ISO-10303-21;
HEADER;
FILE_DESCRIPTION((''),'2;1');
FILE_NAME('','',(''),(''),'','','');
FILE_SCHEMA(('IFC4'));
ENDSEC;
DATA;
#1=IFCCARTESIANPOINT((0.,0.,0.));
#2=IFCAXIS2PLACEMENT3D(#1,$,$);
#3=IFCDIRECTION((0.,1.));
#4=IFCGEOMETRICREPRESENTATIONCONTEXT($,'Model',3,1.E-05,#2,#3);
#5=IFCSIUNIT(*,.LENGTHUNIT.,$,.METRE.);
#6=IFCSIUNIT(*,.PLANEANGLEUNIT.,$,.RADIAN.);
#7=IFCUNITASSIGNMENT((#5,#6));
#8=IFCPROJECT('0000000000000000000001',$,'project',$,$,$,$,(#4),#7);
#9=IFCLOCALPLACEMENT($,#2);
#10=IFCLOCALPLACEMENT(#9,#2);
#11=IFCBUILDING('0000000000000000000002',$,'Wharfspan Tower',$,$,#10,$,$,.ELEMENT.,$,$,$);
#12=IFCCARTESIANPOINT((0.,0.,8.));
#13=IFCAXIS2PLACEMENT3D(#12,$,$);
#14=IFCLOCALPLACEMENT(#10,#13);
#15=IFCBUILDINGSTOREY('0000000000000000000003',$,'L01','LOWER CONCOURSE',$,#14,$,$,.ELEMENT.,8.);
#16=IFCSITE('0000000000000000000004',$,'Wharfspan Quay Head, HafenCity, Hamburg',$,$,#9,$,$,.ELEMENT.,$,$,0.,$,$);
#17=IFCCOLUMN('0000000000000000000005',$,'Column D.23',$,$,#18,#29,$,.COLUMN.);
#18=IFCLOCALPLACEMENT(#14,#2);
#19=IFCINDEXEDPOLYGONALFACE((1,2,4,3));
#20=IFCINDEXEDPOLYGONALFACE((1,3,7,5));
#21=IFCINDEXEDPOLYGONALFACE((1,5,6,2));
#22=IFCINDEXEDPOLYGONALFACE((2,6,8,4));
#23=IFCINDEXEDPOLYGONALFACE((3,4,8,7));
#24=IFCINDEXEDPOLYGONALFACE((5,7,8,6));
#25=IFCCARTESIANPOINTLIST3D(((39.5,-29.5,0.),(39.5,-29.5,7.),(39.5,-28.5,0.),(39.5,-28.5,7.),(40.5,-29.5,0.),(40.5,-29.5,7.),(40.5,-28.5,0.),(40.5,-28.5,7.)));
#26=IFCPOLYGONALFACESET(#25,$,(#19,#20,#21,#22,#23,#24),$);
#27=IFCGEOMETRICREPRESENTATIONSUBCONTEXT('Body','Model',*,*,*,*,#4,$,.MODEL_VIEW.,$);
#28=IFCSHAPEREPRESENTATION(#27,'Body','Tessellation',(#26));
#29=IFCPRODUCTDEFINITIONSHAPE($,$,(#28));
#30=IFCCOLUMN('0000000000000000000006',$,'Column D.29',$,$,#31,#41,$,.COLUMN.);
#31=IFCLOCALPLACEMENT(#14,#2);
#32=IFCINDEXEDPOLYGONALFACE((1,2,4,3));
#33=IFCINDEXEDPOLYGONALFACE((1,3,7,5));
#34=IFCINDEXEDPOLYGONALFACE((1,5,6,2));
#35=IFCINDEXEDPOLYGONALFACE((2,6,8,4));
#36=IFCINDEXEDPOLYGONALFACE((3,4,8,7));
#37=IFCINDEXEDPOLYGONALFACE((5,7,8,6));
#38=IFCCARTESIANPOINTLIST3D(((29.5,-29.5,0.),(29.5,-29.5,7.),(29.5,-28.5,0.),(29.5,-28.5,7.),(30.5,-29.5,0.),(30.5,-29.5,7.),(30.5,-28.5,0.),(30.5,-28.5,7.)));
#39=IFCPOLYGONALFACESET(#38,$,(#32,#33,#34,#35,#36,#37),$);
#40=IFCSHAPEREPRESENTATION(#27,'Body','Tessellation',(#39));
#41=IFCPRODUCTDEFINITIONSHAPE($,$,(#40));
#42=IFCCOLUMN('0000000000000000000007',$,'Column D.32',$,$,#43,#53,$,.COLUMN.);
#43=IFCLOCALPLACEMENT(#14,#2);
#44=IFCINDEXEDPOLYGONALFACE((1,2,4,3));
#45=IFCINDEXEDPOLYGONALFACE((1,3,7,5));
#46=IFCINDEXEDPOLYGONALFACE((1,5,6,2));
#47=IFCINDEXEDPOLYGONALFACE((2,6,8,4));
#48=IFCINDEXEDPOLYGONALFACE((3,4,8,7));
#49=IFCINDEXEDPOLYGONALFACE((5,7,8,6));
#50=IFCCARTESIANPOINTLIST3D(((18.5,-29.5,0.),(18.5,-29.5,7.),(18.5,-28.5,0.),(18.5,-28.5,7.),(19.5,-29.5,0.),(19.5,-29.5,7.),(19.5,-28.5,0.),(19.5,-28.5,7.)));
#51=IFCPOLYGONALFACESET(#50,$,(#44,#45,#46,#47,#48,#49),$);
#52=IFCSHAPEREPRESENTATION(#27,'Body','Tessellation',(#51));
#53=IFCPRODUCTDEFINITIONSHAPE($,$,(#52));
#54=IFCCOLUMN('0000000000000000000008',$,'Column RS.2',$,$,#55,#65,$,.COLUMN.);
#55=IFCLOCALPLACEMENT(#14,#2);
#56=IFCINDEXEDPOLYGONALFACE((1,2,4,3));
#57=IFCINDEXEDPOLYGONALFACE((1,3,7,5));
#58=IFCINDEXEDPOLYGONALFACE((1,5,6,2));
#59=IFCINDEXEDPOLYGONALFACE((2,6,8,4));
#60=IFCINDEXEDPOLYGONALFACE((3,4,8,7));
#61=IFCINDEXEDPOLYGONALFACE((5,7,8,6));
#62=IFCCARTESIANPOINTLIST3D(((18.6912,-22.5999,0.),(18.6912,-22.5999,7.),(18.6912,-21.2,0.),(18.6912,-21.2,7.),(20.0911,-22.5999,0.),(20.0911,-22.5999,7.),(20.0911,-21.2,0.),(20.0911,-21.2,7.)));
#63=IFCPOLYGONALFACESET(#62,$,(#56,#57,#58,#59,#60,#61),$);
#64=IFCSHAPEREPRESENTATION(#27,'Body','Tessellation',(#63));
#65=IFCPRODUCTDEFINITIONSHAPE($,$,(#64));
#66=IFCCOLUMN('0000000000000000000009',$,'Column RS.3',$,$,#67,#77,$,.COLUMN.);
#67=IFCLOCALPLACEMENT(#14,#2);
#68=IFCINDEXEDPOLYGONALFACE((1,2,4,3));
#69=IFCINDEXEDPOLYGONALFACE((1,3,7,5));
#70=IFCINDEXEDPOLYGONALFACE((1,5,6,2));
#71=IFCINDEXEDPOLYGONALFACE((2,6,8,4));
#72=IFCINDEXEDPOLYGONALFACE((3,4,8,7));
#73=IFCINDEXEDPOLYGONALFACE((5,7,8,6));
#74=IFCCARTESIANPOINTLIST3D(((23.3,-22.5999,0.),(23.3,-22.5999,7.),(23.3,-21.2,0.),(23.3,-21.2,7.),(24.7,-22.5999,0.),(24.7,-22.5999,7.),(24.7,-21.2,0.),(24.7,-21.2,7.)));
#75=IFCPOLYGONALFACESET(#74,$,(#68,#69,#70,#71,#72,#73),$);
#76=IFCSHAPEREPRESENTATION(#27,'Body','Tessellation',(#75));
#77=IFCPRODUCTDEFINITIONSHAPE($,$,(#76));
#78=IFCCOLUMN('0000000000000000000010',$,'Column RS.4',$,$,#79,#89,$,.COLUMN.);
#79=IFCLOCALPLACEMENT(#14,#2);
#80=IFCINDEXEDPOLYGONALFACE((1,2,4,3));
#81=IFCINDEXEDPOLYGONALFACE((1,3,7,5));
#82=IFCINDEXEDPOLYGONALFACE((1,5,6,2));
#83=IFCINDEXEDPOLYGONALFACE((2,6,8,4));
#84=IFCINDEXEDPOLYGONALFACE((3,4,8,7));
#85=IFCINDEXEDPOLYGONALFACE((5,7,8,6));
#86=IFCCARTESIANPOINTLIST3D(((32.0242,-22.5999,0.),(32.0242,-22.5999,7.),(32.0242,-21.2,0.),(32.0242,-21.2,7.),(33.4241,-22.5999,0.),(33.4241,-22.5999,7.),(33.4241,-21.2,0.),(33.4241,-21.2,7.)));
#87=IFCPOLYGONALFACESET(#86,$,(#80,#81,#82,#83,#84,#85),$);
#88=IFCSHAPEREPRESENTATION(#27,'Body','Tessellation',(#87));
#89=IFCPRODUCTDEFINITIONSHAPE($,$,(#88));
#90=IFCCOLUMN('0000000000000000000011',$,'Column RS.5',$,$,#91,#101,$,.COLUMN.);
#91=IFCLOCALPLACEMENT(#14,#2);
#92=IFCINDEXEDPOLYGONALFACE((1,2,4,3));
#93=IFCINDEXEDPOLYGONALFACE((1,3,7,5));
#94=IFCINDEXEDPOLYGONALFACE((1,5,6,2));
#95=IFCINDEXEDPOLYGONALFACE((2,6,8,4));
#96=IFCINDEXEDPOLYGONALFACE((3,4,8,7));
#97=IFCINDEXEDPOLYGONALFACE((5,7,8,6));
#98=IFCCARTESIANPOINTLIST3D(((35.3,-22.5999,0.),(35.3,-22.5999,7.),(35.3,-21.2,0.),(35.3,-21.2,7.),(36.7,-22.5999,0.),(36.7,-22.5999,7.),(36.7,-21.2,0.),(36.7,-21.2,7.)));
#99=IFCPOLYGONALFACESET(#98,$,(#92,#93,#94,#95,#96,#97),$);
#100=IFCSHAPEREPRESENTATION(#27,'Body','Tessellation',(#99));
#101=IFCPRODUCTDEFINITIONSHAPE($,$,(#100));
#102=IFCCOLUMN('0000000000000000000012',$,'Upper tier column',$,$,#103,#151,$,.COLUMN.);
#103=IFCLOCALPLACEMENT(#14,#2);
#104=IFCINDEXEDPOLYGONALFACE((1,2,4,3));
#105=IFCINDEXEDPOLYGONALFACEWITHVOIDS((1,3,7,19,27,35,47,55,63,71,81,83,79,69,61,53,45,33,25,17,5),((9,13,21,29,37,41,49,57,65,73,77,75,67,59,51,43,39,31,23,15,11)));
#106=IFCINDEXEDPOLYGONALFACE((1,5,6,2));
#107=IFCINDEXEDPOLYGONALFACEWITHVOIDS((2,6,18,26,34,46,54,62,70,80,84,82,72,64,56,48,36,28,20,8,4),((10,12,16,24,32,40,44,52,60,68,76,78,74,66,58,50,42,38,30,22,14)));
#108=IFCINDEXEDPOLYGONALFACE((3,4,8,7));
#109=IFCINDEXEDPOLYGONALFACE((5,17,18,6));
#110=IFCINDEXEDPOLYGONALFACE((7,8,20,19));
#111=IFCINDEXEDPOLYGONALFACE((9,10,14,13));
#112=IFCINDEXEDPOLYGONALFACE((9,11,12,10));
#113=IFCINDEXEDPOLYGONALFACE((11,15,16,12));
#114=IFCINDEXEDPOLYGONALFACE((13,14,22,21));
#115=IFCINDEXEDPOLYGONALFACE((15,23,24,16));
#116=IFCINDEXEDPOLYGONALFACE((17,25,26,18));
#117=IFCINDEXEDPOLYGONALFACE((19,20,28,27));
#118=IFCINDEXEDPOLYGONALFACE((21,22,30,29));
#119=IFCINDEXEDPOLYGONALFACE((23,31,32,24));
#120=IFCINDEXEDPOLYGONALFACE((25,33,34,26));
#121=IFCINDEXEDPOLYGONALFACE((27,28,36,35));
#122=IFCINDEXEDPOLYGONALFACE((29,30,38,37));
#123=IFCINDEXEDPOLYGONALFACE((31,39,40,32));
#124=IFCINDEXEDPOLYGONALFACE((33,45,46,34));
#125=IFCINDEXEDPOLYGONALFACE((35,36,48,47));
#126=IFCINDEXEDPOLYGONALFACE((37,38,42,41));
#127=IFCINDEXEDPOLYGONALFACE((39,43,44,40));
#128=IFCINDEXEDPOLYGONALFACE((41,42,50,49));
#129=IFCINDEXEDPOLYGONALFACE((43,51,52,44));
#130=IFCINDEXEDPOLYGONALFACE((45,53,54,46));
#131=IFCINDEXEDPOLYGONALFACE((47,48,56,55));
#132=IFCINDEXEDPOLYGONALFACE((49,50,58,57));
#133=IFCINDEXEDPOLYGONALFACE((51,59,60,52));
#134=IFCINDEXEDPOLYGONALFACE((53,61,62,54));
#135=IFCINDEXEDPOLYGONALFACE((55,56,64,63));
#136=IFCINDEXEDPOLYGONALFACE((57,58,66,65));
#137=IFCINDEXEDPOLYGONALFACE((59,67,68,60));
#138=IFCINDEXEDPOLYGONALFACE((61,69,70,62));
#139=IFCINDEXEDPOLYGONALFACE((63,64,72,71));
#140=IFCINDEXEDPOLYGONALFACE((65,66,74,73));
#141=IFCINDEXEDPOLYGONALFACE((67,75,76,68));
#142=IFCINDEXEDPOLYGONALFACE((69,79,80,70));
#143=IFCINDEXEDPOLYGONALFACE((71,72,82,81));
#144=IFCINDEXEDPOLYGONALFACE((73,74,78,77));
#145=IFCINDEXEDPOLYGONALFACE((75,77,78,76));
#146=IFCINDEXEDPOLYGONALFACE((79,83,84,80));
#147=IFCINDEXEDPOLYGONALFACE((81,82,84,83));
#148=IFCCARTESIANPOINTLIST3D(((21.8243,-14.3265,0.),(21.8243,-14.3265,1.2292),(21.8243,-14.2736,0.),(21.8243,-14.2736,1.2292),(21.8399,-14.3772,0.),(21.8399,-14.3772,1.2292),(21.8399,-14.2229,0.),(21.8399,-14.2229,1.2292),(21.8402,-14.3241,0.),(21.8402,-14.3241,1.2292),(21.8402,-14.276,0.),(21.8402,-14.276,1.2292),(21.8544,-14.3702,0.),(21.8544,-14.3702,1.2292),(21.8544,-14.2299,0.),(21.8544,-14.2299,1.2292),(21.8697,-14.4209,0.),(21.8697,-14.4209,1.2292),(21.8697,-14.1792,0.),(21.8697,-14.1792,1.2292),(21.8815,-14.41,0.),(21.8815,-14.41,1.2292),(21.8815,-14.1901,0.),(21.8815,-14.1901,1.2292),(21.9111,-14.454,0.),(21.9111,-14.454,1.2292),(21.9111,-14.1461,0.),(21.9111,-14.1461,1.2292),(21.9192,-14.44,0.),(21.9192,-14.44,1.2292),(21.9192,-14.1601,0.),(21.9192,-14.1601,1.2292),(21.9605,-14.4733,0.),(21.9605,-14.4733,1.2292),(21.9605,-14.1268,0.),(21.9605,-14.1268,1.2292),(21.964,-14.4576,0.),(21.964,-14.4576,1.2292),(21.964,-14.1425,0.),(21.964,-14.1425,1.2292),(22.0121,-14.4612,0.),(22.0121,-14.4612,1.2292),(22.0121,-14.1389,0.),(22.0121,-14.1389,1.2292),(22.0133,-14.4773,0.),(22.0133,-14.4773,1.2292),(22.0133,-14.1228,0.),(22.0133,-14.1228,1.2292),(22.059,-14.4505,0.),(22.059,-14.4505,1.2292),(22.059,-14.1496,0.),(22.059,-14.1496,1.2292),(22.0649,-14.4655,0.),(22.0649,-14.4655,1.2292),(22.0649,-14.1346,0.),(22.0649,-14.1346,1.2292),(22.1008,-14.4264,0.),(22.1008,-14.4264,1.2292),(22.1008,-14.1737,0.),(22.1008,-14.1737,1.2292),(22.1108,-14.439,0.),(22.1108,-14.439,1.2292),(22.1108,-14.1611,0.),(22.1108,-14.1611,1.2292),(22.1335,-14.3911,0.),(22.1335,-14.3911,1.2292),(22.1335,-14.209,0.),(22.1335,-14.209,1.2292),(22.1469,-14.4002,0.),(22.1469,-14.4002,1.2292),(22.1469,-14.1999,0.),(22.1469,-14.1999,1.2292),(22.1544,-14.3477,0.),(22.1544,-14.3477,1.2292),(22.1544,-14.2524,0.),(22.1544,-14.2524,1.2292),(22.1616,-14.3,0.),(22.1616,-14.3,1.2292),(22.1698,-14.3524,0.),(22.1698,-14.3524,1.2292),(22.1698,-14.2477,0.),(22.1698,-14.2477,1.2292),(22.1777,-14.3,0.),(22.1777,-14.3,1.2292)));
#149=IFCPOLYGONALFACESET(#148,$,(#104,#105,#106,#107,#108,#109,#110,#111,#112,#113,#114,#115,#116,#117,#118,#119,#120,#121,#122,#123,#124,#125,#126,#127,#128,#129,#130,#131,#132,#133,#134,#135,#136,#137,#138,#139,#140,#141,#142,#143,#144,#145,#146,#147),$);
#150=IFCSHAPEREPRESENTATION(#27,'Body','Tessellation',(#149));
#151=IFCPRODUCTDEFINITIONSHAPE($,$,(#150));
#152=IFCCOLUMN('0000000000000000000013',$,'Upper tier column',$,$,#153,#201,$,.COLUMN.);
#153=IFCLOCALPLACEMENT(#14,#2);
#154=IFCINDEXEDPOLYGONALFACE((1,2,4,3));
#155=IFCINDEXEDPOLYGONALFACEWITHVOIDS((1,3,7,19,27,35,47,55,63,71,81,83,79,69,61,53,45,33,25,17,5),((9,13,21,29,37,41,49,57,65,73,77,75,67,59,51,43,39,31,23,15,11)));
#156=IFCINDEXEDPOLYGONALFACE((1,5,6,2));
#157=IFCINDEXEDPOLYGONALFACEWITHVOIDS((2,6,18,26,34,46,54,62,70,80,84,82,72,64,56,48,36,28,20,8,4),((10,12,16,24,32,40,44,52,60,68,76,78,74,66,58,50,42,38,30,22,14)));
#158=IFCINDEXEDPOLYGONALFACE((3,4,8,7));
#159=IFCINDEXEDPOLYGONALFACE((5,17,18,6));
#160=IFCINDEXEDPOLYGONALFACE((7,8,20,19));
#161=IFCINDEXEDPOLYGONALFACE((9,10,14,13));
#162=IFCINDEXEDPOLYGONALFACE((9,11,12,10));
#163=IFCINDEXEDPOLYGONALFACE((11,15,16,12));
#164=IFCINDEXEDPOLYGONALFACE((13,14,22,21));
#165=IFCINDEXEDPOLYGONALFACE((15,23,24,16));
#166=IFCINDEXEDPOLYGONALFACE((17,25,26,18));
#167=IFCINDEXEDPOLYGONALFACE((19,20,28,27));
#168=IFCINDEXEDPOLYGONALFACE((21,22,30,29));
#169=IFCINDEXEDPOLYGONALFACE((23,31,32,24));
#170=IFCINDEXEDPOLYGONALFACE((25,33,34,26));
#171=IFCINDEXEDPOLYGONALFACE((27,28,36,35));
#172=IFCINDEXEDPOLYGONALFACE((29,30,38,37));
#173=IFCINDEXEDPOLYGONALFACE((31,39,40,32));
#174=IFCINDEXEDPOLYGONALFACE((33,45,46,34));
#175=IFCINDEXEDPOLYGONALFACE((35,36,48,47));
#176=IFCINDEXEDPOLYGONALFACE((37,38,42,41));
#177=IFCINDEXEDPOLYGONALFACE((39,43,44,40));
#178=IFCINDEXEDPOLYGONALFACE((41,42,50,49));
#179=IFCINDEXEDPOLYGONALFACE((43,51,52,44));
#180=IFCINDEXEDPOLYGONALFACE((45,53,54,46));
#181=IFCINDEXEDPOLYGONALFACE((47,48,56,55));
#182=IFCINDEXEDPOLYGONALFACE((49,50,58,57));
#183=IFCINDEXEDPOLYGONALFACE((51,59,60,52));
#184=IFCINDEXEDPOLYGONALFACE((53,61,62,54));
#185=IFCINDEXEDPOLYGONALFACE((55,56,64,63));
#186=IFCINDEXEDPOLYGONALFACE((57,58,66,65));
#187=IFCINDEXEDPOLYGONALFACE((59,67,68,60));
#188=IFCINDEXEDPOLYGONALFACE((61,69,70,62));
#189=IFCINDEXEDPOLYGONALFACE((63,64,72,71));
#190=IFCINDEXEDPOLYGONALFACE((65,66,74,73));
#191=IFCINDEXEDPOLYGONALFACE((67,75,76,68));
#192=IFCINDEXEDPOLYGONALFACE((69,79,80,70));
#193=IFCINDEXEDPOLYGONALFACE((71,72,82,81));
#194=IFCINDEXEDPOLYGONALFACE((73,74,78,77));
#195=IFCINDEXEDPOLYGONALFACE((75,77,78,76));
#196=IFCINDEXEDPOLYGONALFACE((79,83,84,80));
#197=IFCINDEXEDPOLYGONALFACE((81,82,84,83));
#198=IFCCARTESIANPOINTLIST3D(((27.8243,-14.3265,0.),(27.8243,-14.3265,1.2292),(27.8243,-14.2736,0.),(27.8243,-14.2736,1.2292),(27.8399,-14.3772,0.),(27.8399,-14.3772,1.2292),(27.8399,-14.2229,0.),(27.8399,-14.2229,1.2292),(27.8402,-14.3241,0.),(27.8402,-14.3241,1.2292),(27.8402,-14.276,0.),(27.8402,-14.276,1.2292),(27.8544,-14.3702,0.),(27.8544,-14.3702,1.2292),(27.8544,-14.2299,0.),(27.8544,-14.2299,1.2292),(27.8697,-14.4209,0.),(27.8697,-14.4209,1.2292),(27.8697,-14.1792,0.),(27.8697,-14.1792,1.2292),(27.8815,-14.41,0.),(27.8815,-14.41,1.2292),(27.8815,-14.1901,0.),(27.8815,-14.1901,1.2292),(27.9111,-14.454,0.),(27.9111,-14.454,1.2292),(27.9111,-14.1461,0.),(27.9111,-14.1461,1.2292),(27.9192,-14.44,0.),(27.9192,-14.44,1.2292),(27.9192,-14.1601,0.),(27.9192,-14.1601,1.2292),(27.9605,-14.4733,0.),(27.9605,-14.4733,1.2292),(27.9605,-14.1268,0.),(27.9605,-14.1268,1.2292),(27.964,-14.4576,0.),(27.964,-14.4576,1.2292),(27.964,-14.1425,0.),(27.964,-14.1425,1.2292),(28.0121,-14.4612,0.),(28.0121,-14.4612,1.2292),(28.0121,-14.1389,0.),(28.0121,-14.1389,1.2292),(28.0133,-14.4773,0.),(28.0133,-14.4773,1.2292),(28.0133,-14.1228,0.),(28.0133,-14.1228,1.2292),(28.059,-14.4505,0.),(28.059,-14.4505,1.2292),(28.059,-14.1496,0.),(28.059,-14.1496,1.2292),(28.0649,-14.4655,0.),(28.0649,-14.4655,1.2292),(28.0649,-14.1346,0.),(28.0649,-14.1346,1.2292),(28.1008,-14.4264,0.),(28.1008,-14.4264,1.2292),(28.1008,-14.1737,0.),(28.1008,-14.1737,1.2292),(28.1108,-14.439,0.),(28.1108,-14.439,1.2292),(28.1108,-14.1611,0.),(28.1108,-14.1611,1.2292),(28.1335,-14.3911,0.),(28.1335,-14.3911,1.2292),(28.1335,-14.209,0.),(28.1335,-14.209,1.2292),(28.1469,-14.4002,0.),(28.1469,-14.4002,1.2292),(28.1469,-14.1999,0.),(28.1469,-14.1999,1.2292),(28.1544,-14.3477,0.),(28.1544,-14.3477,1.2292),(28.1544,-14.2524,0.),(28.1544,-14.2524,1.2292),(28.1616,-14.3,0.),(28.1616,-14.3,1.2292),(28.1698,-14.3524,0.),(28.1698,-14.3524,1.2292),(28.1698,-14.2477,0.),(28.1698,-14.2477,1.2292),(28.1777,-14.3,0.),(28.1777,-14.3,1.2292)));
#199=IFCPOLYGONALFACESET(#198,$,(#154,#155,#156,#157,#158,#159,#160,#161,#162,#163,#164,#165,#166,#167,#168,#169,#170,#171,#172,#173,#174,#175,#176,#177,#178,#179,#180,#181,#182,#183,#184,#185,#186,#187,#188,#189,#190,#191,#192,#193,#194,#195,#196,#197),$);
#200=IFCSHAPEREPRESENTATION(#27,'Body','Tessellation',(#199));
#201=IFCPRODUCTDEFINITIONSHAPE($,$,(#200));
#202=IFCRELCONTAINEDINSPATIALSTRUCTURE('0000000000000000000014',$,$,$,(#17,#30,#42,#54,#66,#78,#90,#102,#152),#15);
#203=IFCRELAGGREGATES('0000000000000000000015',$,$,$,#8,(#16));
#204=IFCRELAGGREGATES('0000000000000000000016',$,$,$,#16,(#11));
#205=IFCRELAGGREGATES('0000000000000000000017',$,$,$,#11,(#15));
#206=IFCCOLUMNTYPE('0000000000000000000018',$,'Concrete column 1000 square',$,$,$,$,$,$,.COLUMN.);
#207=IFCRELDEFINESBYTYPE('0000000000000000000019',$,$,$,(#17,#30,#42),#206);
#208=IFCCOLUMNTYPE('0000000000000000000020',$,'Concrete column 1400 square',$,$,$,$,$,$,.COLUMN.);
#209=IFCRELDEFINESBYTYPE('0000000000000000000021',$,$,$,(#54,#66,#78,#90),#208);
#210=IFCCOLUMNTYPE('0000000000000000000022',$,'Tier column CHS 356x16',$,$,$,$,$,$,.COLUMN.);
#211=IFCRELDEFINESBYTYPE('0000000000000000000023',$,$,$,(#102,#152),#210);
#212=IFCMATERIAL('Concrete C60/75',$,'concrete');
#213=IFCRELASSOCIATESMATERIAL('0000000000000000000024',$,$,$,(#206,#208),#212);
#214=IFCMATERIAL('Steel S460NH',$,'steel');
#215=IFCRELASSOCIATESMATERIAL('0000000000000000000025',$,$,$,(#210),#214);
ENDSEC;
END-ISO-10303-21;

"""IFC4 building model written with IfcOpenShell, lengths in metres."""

from ifc_helpers import new_model, si_unit, direction, frame, origin, origin_2d, place, context, subcontext, project, spatial, rectangle, hollow_circle, extrude, material, material_profile, profile_set, type_object, element, save


model = new_model("IFC4")

# Units and contexts
model_context = context("Model", 3, precision=1e-05, world=origin(), true_north=direction((0.0, 1.0)))
body_context = subcontext(model_context, "Body", "Model", "MODEL_VIEW")
ifc_project = project(units=[si_unit("LENGTHUNIT", "METRE"), si_unit("PLANEANGLEUNIT", "RADIAN")], contexts=[model_context])

# Site, building, storey
site_placement = place(None, origin())
site = spatial("IfcSite", under=ifc_project, at=site_placement, Name="Wharfspan Quay Head, HafenCity, Hamburg", CompositionType="ELEMENT", RefElevation=0.0)
building_placement = place(site_placement, origin())
building = spatial("IfcBuilding", under=site, at=building_placement, Name="Wharfspan Tower", CompositionType="ELEMENT")
storey_placement = place(building_placement, frame((0.0, 0.0, 8.0)))
storey = spatial("IfcBuildingStorey", under=building, at=storey_placement, Name="L01", Description="LOWER CONCOURSE", CompositionType="ELEMENT", Elevation=8.0)

# Columns
ifc_material_1 = material(Name="Concrete C60/75", Category="concrete")
ifc_material_profile_1 = material_profile(ifc_material_1, rectangle(XDim=1.0, YDim=1.0, at=origin_2d()))
ifc_profile_set_1 = profile_set([ifc_material_profile_1], Name="Concrete C60/75")
column_type_1 = type_object("IfcColumnType", Name="Concrete column 1000 square", PredefinedType="COLUMN", material=ifc_profile_set_1)
for number, where, z_axis, x_axis, name in (
    (1, (40.0, -29.0, 0.0), (0.0, 0.0, 1.0), (1.0, 0.0, 0.0), "Column D.23"),
    (2, (30.0, -29.0, 0.0), (0.0, 0.0, 1.0), (1.0, 0.0, 0.0), "Column D.29"),
    (3, (19.0, -29.0, 0.0), (0.0, 0.0, 1.0), (1.0, 0.0, 0.0), "Column D.32"),
):
    element("IfcColumn", number, at=place(storey_placement, frame(where, z_axis=z_axis, x_axis=x_axis)), inside=storey, type_object=column_type_1, Name=name, PredefinedType="COLUMN", context=body_context, shape_type="SweptSolid", body=[
        extrude(rectangle(XDim=1.0, YDim=1.0, at=origin_2d()), origin(), (0.0, 0.0, 1.0), 7.0),
    ])
ifc_material_profile_2 = material_profile(ifc_material_1, rectangle(XDim=1.3999, YDim=1.3999, at=origin_2d()))
ifc_profile_set_2 = profile_set([ifc_material_profile_2], Name="Concrete C60/75")
column_type_2 = type_object("IfcColumnType", Name="Concrete column 1400 square", PredefinedType="COLUMN", material=ifc_profile_set_2)
for number, where, z_axis, x_axis, name in (
    (4, (19.3911, -21.8999, 0.0), (0.0, 0.0, 1.0), (1.0, 0.0, 0.0), "Column RS.2"),
    (5, (24.0, -21.8999, 0.0), (0.0, 0.0, 1.0), (1.0, 0.0, 0.0), "Column RS.3"),
    (6, (32.7241, -21.8999, 0.0), (0.0, 0.0, 1.0), (1.0, 0.0, 0.0), "Column RS.4"),
    (7, (36.0, -21.8999, 0.0), (0.0, 0.0, 1.0), (1.0, 0.0, 0.0), "Column RS.5"),
):
    element("IfcColumn", number, at=place(storey_placement, frame(where, z_axis=z_axis, x_axis=x_axis)), inside=storey, type_object=column_type_2, Name=name, PredefinedType="COLUMN", context=body_context, shape_type="SweptSolid", body=[
        extrude(rectangle(XDim=1.3999, YDim=1.3999, at=origin_2d()), origin(), (0.0, 0.0, 1.0), 7.0),
    ])
ifc_material_2 = material(Name="Steel S460NH", Category="steel")
ifc_material_profile_3 = material_profile(ifc_material_2, hollow_circle(Radius=0.1777, WallThickness=0.0161, at=origin_2d()))
ifc_profile_set_3 = profile_set([ifc_material_profile_3], Name="Steel S460NH")
column_type_3 = type_object("IfcColumnType", Name="Tier column CHS 356x16", PredefinedType="COLUMN", material=ifc_profile_set_3)
for number, where, z_axis, x_axis, name in (
    (8, (22.0, -14.3, 0.0), (0.0, 0.0, 1.0), (1.0, 0.0, 0.0), "Upper tier column"),
    (9, (28.0, -14.3, 0.0), (0.0, 0.0, 1.0), (1.0, 0.0, 0.0), "Upper tier column"),
):
    element("IfcColumn", number, at=place(storey_placement, frame(where, z_axis=z_axis, x_axis=x_axis)), inside=storey, type_object=column_type_3, Name=name, PredefinedType="COLUMN", context=body_context, shape_type="SweptSolid", body=[
        extrude(hollow_circle(Radius=0.1777, WallThickness=0.0161, at=origin_2d()), origin(), (0.0, 0.0, 1.0), 1.2292),
    ])

save(model, "model.ifc")
